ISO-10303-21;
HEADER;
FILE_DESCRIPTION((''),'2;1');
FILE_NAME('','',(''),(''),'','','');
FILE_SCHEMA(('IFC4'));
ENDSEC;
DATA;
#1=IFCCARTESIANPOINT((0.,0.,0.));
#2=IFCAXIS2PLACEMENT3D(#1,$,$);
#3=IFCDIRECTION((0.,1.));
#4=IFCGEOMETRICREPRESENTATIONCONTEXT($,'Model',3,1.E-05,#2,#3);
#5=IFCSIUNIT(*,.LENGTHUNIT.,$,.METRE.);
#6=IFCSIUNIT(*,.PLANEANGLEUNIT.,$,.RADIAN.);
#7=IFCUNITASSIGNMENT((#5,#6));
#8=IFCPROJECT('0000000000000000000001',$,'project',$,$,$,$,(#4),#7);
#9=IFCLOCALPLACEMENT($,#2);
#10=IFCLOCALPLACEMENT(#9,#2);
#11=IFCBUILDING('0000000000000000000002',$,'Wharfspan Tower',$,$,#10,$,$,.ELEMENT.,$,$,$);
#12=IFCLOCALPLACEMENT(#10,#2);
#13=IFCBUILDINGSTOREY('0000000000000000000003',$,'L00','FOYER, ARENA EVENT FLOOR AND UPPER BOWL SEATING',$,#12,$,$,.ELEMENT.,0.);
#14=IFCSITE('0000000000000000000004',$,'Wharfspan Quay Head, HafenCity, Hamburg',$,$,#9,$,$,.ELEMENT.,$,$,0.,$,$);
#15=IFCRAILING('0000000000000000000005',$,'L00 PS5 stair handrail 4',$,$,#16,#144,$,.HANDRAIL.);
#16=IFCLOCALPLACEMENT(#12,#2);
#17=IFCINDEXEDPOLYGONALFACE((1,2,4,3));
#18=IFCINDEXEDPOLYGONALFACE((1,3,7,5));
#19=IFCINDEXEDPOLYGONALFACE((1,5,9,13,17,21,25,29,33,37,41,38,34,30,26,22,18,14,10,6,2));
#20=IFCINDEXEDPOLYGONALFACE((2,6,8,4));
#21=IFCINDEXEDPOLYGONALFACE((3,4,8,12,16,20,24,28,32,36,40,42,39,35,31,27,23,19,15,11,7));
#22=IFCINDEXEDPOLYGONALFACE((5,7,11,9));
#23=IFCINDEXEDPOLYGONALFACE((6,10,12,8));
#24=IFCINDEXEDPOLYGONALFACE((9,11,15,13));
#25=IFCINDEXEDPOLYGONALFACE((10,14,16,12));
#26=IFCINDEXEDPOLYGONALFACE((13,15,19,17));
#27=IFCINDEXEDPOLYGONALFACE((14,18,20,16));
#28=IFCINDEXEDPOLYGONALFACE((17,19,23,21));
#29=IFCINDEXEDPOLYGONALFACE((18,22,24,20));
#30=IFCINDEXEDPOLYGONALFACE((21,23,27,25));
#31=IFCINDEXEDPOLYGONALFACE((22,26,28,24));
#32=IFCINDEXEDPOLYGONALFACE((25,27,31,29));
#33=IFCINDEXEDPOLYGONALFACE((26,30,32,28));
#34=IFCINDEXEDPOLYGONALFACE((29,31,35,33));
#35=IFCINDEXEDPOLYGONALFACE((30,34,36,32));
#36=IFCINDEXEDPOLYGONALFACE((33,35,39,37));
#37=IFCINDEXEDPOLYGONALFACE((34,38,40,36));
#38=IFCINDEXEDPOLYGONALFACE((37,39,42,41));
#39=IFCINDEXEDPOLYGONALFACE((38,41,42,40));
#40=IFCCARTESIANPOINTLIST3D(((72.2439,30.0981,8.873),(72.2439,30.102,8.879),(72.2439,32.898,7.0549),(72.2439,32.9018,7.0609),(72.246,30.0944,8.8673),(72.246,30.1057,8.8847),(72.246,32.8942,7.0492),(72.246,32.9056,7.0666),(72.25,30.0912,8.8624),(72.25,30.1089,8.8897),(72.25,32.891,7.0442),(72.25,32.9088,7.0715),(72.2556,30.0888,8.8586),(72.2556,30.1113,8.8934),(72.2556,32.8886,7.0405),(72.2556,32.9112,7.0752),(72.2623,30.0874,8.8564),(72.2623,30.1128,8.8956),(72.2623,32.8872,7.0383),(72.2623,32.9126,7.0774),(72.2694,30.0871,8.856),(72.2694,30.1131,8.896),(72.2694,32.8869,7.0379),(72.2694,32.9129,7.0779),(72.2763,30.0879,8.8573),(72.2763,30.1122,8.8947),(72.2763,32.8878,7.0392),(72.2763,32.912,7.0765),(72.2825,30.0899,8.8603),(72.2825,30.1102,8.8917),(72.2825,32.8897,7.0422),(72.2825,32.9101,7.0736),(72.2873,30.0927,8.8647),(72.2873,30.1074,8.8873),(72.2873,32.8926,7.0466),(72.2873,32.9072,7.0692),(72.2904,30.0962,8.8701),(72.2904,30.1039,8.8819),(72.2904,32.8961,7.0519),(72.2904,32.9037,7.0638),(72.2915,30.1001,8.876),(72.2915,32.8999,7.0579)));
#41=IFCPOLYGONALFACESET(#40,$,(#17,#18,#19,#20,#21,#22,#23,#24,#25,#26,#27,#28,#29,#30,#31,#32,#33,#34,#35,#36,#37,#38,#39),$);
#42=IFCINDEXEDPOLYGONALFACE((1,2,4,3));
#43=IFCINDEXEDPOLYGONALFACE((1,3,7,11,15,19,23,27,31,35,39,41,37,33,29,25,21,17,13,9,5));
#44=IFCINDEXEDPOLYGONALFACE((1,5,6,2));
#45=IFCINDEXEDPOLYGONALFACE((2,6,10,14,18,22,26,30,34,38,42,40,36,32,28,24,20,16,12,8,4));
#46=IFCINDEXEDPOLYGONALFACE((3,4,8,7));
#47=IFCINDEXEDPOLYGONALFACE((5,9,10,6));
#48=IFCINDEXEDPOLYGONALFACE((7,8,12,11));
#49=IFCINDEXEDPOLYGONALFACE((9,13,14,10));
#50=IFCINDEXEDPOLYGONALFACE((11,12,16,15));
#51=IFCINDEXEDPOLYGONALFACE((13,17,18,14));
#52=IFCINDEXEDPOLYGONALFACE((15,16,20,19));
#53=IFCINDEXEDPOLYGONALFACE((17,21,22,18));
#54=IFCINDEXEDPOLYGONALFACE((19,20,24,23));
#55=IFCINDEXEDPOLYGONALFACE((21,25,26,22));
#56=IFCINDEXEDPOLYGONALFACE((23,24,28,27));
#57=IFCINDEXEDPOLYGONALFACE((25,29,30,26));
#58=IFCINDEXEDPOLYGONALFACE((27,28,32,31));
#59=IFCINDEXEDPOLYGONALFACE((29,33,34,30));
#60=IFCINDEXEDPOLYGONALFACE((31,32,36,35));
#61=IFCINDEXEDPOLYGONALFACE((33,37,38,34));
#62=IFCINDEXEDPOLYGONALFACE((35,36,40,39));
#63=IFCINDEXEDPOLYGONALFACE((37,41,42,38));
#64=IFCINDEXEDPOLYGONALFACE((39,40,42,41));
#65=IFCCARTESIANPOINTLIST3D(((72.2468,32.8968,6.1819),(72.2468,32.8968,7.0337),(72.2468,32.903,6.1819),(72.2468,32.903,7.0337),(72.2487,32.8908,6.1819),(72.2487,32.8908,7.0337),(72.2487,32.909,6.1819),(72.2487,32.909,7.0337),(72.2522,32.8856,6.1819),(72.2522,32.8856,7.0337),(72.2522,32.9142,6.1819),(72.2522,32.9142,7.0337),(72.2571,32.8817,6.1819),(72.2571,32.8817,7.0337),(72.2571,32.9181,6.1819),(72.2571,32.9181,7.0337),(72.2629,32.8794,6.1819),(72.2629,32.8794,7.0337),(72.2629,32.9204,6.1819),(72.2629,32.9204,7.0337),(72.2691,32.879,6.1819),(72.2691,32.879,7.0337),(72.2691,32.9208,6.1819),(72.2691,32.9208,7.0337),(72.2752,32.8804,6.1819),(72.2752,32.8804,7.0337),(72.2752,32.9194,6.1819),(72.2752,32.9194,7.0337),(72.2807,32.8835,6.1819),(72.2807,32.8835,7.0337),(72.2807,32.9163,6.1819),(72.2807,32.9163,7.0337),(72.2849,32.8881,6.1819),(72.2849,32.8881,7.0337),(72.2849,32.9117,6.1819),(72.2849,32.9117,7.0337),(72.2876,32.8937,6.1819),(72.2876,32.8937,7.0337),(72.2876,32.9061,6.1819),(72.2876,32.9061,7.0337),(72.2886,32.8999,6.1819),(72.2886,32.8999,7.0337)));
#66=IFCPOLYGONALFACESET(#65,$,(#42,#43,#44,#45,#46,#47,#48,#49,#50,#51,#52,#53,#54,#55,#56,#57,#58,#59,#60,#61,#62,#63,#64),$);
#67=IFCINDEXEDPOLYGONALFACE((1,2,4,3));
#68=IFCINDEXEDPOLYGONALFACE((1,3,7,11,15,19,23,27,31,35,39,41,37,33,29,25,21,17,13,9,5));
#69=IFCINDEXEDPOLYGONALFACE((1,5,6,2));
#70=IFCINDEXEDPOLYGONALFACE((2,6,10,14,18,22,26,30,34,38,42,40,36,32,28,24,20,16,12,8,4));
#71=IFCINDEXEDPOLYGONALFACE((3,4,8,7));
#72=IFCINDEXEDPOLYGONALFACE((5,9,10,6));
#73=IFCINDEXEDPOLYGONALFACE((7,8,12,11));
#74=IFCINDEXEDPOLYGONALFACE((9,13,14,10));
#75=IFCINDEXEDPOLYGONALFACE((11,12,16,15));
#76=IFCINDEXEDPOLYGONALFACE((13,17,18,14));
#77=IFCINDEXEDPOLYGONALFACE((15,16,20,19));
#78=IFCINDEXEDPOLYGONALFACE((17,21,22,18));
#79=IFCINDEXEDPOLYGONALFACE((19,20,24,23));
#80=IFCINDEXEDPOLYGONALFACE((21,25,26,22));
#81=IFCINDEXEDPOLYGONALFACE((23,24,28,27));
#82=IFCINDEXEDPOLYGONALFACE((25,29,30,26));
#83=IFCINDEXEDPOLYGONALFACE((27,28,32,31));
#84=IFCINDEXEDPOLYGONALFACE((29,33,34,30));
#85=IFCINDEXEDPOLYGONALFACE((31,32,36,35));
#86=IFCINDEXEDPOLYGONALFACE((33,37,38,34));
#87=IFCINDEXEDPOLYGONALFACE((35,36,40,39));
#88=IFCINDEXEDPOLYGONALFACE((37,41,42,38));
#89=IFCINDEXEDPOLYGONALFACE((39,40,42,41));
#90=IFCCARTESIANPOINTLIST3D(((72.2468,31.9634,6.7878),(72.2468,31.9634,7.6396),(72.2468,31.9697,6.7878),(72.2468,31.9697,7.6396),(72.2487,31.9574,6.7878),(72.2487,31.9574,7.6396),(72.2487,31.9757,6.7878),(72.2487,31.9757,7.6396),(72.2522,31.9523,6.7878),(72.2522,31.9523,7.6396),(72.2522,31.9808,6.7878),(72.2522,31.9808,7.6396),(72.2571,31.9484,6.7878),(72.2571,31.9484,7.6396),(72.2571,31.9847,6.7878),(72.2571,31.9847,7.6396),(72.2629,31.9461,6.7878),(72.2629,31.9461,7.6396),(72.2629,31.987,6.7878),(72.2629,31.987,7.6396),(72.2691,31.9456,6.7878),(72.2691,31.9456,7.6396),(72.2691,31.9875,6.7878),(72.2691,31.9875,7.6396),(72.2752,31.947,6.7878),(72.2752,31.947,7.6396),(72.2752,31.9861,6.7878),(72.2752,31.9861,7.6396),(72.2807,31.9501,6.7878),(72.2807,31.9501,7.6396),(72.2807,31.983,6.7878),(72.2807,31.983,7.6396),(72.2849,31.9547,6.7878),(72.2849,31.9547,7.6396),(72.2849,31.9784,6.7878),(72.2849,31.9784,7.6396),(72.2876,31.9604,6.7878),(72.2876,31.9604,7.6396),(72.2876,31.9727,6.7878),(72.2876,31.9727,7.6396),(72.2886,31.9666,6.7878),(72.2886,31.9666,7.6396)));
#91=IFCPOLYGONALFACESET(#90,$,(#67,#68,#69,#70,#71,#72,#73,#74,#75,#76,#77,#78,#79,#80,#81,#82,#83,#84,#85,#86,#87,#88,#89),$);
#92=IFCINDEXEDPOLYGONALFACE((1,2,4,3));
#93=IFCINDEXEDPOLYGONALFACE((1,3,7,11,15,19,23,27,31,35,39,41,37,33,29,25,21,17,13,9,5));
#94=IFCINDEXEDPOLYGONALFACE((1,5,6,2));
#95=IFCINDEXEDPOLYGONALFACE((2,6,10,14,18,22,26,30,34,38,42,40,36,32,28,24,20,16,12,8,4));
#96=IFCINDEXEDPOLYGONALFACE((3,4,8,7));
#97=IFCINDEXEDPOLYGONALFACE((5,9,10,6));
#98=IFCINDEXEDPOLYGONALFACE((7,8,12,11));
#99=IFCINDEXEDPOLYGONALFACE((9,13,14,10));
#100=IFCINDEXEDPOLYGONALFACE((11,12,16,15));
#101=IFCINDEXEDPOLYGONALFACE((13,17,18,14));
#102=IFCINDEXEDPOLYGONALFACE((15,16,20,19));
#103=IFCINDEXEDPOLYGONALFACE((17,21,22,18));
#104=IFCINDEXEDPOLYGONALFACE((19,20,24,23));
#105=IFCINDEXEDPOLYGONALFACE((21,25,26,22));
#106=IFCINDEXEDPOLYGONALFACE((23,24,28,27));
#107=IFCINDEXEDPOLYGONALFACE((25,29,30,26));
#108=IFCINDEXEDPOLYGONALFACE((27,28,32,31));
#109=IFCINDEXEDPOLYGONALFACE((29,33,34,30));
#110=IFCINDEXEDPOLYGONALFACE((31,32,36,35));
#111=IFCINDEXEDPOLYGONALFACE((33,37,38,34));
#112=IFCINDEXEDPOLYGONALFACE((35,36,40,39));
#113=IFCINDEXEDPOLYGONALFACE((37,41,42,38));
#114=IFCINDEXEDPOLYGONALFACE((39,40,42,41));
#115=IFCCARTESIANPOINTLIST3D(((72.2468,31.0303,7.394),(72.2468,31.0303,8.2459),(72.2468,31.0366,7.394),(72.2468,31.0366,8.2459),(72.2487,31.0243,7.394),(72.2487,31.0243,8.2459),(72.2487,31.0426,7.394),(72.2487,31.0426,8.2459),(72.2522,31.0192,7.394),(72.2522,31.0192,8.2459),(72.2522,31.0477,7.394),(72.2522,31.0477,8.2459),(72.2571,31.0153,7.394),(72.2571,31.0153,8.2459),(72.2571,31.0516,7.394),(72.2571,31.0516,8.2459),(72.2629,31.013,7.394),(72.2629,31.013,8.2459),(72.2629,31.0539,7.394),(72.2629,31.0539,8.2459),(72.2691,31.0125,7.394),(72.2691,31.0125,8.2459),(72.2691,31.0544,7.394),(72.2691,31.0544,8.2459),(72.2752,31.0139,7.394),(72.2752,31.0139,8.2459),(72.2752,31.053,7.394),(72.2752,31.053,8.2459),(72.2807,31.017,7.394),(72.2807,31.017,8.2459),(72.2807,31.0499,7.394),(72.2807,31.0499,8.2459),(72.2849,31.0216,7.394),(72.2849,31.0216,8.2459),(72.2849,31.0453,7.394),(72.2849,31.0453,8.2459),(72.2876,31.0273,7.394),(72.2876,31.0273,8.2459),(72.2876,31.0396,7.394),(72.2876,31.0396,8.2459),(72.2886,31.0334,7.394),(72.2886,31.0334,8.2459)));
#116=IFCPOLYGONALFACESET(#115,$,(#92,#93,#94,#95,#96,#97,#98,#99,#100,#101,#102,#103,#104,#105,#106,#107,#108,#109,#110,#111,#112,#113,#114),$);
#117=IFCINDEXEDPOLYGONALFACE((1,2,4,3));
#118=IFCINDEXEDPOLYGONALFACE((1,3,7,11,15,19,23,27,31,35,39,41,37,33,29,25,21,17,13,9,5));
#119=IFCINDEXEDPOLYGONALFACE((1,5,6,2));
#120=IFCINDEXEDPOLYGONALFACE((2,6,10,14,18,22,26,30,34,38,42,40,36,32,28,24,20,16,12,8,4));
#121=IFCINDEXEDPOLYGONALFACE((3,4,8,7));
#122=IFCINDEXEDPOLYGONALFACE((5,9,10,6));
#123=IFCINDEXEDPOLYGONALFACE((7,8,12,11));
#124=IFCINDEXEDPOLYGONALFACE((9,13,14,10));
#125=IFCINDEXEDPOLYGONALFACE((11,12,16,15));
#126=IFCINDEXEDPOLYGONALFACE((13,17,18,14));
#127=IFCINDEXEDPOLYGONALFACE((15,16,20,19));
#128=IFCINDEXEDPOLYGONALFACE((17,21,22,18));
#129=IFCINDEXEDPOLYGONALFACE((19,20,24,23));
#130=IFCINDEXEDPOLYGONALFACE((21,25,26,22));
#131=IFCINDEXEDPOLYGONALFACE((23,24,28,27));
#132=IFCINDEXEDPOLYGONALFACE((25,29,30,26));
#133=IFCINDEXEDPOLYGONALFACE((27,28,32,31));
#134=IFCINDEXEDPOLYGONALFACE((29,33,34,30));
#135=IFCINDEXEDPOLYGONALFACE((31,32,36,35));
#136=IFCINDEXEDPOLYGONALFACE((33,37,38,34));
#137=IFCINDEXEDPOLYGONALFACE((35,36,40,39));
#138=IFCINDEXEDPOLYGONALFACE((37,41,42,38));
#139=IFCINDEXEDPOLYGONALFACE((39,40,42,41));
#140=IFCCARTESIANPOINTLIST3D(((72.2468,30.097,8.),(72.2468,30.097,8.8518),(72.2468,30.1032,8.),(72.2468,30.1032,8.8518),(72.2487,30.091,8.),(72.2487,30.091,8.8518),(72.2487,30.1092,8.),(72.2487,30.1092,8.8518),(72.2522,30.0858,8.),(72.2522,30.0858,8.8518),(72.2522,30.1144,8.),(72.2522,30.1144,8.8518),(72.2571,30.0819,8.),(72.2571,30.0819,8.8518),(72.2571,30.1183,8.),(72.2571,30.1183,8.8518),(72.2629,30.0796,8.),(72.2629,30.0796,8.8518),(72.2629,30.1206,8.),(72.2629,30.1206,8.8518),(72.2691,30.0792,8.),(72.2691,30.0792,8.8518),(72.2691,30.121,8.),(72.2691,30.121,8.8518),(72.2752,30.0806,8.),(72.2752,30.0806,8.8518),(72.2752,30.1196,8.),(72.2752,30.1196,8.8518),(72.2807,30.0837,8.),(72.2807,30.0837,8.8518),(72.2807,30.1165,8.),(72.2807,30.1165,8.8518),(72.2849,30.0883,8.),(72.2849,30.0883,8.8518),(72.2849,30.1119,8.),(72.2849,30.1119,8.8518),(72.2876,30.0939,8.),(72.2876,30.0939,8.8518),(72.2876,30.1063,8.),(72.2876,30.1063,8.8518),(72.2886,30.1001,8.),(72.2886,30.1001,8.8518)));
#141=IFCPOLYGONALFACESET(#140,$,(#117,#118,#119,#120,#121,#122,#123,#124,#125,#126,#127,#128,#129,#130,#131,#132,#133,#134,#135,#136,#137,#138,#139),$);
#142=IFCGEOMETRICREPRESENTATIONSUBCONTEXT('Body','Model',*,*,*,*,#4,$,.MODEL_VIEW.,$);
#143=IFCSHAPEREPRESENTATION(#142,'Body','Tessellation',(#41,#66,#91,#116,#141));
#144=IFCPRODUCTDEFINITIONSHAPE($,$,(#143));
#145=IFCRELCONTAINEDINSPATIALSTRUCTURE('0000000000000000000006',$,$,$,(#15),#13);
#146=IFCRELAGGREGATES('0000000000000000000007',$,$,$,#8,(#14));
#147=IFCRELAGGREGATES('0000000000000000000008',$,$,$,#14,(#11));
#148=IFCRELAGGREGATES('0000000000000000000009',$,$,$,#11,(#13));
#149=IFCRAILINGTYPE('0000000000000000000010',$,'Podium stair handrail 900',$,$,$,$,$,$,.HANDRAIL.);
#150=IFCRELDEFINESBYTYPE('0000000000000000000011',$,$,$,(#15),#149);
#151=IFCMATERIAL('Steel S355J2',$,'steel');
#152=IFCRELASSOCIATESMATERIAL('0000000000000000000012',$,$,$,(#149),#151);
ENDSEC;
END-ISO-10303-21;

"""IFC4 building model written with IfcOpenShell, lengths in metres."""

from ifc_helpers import new_model, si_unit, direction, frame, origin, origin_2d, place, context, subcontext, project, spatial, circle, extrude, material, type_object, element, save


model = new_model("IFC4")

# Units and contexts
model_context = context("Model", 3, precision=1e-05, world=origin(), true_north=direction((0.0, 1.0)))
body_context = subcontext(model_context, "Body", "Model", "MODEL_VIEW")
ifc_project = project(units=[si_unit("LENGTHUNIT", "METRE"), si_unit("PLANEANGLEUNIT", "RADIAN")], contexts=[model_context])

# Site, building, storey
site_placement = place(None, origin())
site = spatial("IfcSite", under=ifc_project, at=site_placement, Name="Wharfspan Quay Head, HafenCity, Hamburg", CompositionType="ELEMENT", RefElevation=0.0)
building_placement = place(site_placement, origin())
building = spatial("IfcBuilding", under=site, at=building_placement, Name="Wharfspan Tower", CompositionType="ELEMENT")
storey_placement = place(building_placement, origin())
storey = spatial("IfcBuildingStorey", under=building, at=storey_placement, Name="L00", Description="FOYER, ARENA EVENT FLOOR AND UPPER BOWL SEATING", CompositionType="ELEMENT", Elevation=0.0)

# Railing
ifc_material_1 = material(Name="Steel S355J2", Category="steel")
railing_type_1 = type_object("IfcRailingType", Name="Podium stair handrail 900", PredefinedType="HANDRAIL", material=ifc_material_1)
for number, where, name in (
    (1, (72.2676, 32.8999, 6.1819), "L00 PS5 stair handrail 4"),
):
    element("IfcRailing", number, at=place(storey_placement, frame(where)), inside=storey, type_object=railing_type_1, Name=name, PredefinedType="HANDRAIL", context=body_context, shape_type="SweptSolid", body=[
        extrude(circle(Radius=0.0239, at=origin_2d()), frame((0.0, 0.0, 0.876), z_axis=(0.0, -0.838684, 0.544618), x_axis=(1.0, 0.0, 0.0)), (0.0, 0.0, 1.0), 3.3384),
        extrude(circle(Radius=0.021, at=origin_2d()), origin(), (0.0, 0.0, 1.0), 0.8518),
        extrude(circle(Radius=0.021, at=origin_2d()), frame((0.0, -0.9334, 0.606)), (0.0, 0.0, 1.0), 0.8518),
        extrude(circle(Radius=0.021, at=origin_2d()), frame((0.0, -1.8665, 1.2122)), (0.0, 0.0, 1.0), 0.8518),
        extrude(circle(Radius=0.021, at=origin_2d()), frame((0.0, -2.7998, 1.8181)), (0.0, 0.0, 1.0), 0.8518),
    ])

save(model, "model.ifc")
